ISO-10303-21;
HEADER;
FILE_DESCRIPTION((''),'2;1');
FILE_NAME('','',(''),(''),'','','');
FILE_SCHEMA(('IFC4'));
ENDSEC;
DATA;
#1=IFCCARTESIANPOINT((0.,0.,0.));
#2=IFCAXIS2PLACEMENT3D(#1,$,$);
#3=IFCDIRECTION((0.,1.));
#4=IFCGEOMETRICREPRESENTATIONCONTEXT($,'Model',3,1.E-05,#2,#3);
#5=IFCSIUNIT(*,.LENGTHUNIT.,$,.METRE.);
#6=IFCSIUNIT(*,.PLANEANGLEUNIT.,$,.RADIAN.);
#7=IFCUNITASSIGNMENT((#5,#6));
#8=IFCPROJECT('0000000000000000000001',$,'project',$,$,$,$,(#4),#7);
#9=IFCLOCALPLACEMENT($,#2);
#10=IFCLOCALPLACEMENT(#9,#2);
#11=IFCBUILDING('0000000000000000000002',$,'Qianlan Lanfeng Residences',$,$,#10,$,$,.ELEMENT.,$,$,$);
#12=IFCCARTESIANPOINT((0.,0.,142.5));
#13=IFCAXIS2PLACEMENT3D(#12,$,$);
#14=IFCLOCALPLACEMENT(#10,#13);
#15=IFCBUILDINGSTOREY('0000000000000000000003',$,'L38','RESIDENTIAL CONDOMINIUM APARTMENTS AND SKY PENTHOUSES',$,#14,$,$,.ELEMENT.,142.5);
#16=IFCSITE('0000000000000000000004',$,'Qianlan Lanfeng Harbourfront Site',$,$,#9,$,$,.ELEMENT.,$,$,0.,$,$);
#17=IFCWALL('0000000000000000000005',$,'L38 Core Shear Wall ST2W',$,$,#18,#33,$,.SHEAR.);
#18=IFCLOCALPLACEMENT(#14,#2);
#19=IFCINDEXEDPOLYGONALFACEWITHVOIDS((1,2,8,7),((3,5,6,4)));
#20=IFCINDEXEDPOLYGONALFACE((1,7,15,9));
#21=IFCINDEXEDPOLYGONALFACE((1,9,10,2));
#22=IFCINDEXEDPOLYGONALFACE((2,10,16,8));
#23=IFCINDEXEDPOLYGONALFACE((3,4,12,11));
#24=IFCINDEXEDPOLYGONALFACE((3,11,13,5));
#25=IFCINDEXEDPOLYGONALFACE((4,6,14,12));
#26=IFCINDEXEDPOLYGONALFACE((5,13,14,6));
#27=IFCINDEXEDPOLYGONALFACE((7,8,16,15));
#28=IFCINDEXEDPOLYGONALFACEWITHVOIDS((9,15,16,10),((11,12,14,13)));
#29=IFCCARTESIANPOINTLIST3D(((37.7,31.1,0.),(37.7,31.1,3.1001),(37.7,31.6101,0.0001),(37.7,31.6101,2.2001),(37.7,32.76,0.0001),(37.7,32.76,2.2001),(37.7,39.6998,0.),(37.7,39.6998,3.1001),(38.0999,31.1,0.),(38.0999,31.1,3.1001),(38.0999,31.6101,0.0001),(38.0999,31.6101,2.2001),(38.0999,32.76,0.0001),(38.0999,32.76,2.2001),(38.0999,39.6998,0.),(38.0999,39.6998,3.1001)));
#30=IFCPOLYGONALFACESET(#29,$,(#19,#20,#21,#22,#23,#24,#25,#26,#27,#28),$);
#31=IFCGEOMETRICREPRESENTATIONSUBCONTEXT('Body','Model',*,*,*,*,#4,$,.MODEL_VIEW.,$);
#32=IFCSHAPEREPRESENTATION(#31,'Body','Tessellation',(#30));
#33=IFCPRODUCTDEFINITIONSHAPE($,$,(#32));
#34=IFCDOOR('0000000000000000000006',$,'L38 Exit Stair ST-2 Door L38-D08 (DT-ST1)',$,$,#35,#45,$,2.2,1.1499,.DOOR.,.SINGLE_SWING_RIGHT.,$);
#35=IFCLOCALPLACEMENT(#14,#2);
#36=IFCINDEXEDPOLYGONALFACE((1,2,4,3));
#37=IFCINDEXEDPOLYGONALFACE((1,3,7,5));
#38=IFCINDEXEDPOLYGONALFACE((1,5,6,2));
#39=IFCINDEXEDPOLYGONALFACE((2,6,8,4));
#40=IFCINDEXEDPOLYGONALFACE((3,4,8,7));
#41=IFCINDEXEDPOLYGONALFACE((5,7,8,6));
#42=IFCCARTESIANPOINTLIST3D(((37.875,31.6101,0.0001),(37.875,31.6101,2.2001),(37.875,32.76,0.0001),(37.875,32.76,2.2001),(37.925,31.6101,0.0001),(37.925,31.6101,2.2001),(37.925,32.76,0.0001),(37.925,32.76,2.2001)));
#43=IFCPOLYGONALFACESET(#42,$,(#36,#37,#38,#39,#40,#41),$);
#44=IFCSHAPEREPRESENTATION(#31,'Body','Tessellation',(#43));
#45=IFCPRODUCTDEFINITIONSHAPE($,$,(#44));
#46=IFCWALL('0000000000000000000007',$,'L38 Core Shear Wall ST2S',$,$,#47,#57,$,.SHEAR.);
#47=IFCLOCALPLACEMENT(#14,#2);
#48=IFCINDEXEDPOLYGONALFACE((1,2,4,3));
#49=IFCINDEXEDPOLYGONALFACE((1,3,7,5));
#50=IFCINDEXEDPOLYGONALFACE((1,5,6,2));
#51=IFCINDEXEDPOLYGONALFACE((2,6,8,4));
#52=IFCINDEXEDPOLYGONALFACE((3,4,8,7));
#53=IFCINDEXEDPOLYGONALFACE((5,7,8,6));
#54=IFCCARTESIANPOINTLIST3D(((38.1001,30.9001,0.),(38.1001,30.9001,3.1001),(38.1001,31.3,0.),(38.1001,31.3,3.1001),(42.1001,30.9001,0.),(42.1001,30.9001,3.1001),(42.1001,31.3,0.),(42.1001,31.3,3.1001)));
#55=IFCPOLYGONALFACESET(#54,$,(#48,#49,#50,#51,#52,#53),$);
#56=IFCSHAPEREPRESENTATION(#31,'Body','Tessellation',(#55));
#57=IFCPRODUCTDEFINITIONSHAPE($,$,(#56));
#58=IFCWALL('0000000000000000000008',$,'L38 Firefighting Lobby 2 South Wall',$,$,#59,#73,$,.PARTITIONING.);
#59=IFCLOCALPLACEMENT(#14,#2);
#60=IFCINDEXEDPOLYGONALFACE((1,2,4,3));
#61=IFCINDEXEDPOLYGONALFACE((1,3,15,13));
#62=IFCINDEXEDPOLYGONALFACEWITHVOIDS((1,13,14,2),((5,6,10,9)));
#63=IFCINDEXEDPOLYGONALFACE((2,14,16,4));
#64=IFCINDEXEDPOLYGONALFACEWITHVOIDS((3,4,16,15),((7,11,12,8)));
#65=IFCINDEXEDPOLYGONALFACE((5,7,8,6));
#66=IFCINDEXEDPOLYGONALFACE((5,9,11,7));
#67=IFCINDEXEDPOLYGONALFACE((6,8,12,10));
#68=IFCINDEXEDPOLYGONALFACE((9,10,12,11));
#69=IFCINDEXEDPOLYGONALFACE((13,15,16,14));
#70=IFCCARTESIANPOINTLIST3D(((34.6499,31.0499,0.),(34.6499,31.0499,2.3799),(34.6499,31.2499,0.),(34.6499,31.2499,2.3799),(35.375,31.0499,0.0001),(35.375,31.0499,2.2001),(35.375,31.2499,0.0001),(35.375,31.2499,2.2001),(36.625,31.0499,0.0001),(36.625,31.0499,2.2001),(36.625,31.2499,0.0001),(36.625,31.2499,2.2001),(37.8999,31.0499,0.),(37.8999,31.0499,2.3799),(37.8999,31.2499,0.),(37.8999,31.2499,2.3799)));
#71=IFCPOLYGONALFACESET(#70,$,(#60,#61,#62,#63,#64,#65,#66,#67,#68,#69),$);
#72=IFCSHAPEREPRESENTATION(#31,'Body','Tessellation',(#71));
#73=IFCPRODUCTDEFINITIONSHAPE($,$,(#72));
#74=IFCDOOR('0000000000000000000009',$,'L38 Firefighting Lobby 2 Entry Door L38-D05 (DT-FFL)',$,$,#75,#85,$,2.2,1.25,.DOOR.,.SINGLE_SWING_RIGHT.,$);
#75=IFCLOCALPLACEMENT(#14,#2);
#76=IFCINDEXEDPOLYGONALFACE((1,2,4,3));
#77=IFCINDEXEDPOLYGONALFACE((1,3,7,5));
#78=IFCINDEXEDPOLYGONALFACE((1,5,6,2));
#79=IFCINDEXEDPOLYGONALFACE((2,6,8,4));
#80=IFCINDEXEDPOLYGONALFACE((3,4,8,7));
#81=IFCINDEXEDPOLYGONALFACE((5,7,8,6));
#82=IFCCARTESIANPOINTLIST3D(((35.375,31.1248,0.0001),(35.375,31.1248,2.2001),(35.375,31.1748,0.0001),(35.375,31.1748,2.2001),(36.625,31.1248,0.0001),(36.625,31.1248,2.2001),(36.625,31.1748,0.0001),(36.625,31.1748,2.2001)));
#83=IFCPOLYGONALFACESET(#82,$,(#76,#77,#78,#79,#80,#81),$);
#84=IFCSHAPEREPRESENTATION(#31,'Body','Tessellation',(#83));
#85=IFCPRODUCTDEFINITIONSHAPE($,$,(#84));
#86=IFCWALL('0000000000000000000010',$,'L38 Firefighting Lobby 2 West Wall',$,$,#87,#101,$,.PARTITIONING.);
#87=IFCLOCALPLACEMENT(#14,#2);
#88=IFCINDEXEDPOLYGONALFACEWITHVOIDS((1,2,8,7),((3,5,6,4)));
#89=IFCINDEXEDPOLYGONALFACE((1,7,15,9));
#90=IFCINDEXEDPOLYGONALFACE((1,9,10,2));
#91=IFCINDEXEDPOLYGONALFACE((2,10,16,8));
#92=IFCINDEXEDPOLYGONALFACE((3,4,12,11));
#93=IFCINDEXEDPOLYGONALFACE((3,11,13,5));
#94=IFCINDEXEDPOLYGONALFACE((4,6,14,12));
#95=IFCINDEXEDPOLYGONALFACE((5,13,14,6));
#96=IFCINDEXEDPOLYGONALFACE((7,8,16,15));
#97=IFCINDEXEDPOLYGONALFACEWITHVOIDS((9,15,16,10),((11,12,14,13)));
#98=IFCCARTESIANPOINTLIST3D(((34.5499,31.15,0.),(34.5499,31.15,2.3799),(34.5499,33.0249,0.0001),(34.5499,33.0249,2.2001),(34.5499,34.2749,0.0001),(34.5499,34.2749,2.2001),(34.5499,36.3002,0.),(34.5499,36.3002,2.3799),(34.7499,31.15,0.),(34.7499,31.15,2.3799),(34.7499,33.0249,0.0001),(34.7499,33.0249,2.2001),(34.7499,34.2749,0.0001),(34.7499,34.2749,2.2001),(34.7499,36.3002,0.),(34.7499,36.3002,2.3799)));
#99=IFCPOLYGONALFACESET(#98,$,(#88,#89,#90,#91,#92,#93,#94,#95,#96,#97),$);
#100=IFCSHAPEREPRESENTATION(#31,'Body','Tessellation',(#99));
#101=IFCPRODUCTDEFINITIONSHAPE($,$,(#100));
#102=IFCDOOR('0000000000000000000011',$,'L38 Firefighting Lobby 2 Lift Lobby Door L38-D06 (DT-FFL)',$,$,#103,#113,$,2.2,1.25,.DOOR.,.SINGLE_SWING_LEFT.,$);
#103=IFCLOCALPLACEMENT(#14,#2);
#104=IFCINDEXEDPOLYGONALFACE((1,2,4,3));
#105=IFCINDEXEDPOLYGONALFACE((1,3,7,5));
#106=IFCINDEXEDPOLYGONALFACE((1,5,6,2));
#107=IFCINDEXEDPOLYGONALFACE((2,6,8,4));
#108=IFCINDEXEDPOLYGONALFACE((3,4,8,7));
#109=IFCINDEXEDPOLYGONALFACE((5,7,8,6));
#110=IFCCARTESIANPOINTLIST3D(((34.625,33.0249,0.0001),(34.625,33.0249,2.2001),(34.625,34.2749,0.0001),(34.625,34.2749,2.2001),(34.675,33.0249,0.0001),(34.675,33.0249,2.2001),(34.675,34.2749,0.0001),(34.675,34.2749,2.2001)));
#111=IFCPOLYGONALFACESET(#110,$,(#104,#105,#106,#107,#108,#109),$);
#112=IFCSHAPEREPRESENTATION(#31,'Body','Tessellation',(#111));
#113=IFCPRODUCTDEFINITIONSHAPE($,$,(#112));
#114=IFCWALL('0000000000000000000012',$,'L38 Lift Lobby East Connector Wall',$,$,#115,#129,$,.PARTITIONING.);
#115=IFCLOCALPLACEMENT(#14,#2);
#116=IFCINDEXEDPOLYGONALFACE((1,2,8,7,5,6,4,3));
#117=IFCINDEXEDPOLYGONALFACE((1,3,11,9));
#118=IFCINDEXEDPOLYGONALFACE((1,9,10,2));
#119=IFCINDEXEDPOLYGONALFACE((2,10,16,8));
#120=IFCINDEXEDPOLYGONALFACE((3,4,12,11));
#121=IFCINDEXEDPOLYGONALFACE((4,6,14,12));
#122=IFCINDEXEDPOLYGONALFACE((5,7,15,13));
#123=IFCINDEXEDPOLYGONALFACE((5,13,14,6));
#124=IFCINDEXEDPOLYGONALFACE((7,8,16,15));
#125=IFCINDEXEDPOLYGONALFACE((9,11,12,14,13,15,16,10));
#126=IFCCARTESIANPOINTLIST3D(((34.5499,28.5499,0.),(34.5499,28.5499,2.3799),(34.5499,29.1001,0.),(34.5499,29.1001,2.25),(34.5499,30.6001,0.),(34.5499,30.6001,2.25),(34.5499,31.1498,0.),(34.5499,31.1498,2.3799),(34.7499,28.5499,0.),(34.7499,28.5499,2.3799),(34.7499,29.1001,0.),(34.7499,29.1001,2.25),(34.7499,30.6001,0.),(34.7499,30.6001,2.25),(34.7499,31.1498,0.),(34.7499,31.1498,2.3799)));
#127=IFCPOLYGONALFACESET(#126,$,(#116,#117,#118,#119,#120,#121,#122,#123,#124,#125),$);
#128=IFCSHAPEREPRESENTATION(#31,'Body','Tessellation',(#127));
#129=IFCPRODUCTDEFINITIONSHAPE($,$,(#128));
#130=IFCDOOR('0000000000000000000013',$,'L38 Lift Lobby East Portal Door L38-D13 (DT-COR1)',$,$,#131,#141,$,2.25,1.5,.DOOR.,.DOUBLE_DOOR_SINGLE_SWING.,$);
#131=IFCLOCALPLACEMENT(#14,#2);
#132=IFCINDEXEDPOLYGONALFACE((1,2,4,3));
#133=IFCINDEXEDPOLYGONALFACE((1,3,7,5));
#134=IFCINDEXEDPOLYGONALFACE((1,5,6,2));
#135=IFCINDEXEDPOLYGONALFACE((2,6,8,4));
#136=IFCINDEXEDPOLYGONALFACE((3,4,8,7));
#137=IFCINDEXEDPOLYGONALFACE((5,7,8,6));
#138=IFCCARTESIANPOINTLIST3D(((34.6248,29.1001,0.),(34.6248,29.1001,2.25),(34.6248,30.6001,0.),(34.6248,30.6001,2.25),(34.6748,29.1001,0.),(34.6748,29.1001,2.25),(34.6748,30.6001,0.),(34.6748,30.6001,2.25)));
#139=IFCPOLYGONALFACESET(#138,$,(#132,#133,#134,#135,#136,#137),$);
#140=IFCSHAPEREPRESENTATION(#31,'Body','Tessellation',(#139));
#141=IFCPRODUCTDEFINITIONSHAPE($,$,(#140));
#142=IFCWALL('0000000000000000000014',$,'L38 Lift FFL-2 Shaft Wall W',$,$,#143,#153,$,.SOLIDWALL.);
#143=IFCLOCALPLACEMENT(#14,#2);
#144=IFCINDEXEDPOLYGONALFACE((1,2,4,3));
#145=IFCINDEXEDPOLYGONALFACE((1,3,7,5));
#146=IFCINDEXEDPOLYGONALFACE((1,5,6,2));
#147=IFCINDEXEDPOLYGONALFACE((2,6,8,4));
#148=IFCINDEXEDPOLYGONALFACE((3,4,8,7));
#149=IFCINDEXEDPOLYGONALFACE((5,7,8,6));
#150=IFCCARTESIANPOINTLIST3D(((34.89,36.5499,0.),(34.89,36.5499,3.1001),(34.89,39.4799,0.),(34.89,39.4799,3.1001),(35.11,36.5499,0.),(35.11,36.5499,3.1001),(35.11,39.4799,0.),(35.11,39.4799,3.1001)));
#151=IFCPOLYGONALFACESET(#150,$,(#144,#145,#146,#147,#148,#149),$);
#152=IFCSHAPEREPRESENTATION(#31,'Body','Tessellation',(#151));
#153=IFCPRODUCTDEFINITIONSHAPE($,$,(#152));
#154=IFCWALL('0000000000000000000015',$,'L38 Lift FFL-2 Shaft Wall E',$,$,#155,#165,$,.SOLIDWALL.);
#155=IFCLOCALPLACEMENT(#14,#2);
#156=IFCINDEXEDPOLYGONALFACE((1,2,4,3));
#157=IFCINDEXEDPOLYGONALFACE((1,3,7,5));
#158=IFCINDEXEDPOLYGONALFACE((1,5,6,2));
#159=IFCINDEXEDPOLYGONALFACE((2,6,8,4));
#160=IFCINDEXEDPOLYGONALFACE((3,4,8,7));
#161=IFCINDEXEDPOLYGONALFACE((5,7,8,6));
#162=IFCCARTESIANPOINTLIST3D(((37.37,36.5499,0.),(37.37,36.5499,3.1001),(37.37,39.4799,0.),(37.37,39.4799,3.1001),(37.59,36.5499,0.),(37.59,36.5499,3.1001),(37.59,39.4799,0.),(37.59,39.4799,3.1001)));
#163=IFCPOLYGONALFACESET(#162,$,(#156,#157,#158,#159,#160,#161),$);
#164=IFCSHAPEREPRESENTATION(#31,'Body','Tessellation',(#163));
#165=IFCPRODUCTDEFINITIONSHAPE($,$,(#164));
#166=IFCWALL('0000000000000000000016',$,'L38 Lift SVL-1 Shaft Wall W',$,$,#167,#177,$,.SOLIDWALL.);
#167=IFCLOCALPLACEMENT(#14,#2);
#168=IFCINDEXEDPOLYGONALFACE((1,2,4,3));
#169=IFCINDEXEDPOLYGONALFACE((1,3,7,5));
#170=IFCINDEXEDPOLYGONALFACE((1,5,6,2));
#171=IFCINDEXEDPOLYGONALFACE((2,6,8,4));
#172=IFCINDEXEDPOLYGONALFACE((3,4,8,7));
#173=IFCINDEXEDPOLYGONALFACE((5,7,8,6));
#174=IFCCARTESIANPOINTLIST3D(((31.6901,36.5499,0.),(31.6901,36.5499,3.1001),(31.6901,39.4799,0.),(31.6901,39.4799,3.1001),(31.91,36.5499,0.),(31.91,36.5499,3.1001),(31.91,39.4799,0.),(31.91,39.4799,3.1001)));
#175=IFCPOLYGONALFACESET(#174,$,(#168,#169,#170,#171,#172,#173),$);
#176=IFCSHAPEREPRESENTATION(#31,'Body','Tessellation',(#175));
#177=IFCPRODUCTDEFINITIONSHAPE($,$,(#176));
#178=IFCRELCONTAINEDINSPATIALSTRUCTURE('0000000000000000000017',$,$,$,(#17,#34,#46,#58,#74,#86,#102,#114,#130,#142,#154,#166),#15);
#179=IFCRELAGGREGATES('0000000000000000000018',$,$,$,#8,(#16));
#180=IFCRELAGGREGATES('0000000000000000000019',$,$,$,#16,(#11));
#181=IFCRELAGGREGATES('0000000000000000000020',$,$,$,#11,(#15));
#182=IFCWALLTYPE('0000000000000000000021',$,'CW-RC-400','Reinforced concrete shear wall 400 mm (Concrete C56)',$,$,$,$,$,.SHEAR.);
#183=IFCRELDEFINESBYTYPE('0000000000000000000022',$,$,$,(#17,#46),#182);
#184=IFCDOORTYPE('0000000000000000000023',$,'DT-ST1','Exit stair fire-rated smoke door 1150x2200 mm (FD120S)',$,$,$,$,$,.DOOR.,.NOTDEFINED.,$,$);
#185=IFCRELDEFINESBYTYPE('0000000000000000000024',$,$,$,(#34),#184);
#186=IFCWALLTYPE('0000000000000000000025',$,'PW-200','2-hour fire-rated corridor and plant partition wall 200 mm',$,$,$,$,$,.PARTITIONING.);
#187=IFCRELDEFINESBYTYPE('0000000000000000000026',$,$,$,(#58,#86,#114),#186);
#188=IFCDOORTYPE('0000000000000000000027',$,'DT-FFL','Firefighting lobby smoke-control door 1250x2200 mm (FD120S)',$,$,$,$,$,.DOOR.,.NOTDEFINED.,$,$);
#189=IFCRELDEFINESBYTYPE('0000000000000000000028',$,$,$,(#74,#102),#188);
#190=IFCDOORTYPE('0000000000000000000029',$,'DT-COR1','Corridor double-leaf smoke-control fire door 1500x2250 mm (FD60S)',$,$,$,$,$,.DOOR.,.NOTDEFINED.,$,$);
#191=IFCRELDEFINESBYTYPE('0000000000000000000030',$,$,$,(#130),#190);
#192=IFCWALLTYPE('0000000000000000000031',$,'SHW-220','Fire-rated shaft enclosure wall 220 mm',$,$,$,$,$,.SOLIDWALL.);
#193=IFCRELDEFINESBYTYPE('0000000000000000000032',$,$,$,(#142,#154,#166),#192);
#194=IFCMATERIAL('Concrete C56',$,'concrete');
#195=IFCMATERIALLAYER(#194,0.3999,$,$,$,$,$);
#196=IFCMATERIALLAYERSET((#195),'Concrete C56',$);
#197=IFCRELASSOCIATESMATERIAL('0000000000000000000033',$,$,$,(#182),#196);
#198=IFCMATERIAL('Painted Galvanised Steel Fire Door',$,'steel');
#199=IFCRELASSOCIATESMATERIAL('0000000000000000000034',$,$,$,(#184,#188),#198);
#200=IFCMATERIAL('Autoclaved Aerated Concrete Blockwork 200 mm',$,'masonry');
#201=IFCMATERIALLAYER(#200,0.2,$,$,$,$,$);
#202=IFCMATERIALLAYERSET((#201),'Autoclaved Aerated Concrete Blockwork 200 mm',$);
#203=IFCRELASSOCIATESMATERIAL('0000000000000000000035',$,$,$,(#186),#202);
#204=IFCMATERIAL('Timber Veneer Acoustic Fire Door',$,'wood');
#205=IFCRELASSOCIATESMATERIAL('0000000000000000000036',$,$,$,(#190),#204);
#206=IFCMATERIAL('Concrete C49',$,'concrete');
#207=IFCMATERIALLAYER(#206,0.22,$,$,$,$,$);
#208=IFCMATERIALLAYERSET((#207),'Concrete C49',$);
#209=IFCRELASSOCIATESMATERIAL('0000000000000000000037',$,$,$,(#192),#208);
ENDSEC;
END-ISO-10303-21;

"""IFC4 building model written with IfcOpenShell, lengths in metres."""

from ifc_helpers import new_model, si_unit, direction, frame, frame_2d, origin, place, context, subcontext, project, spatial, rectangle, extrude, material, layer, layer_set, type_object, element, fill, save


model = new_model("IFC4")

# Units and contexts
model_context = context("Model", 3, precision=1e-05, world=origin(), true_north=direction((0.0, 1.0)))
body_context = subcontext(model_context, "Body", "Model", "MODEL_VIEW")
ifc_project = project(units=[si_unit("LENGTHUNIT", "METRE"), si_unit("PLANEANGLEUNIT", "RADIAN")], contexts=[model_context])

# Site, building, storey
site_placement = place(None, origin())
site = spatial("IfcSite", under=ifc_project, at=site_placement, Name="Qianlan Lanfeng Harbourfront Site", CompositionType="ELEMENT", RefElevation=0.0)
building_placement = place(site_placement, origin())
building = spatial("IfcBuilding", under=site, at=building_placement, Name="Qianlan Lanfeng Residences", CompositionType="ELEMENT")
storey_placement = place(building_placement, frame((0.0, 0.0, 142.5)))
storey = spatial("IfcBuildingStorey", under=building, at=storey_placement, Name="L38", Description="RESIDENTIAL CONDOMINIUM APARTMENTS AND SKY PENTHOUSES", CompositionType="ELEMENT", Elevation=142.5)

# Wall, opening, door
ifc_material_1 = material(Name="Concrete C56", Category="concrete")
ifc_layer_1 = layer(ifc_material_1, 0.3999)
ifc_layer_set_1 = layer_set([ifc_layer_1], Name="Concrete C56")
wall_type_1 = type_object("IfcWallType", Name="CW-RC-400", Description="Reinforced concrete shear wall 400 mm (Concrete C56)", PredefinedType="SHEAR", material=ifc_layer_set_1)
wall_1_placement = place(storey_placement, frame((37.8999, 31.1001, 0.0), z_axis=(0.0, 0.0, 1.0), x_axis=(0.0, 1.0, 0.0)))
wall_1 = element("IfcWall", 1, at=wall_1_placement, inside=storey, type_object=wall_type_1, Name="L38 Core Shear Wall ST2W", PredefinedType="SHEAR", context=body_context, shape_type="SweptSolid", body=[
    extrude(rectangle(XDim=8.5999, YDim=0.3999, at=frame_2d((4.2998, 0.0))), origin(), (0.0, 0.0, 1.0), 3.1001),
])
opening_1_placement = place(wall_1_placement, frame((0.51, 0.0, 0.0)))
opening_1 = element("IfcOpeningElement", 2, at=opening_1_placement, cuts=wall_1, PredefinedType="OPENING", context=body_context, shape_type="SweptSolid", body=[
    extrude(rectangle(XDim=1.1499, YDim=2.2, at=frame_2d((0.575, 1.1001))), frame((0.0, 0.21, 0.0), z_axis=(0.0, -1.0, 0.0), x_axis=(1.0, 0.0, 0.0)), (0.0, 0.0, 1.0), 0.4199),
])
ifc_material_2 = material(Name="Painted Galvanised Steel Fire Door", Category="steel")
door_type_1 = type_object("IfcDoorType", Name="DT-ST1", Description="Exit stair fire-rated smoke door 1150x2200 mm (FD120S)", OperationType="NOTDEFINED", PredefinedType="DOOR", material=ifc_material_2)
door_1_placement = place(opening_1_placement, origin())
door_1 = element("IfcDoor", 3, at=door_1_placement, inside=storey, type_object=door_type_1, Name="L38 Exit Stair ST-2 Door L38-D08 (DT-ST1)", OperationType="SINGLE_SWING_RIGHT", OverallHeight=2.2, OverallWidth=1.1499, PredefinedType="DOOR", context=body_context, shape_type="SweptSolid", body=[
    extrude(rectangle(XDim=1.1499, YDim=2.2, at=frame_2d((0.575, 1.1001))), frame((0.0, 0.0249, 0.0), z_axis=(0.0, -1.0, 0.0), x_axis=(1.0, 0.0, 0.0)), (0.0, 0.0, 1.0), 0.05),
])
fill(opening_1, door_1)

# Wall
wall_2_placement = place(storey_placement, frame((38.1001, 31.1001, 0.0), z_axis=(0.0, 0.0, 1.0), x_axis=(1.0, 0.0, 0.0)))
element("IfcWall", 4, at=wall_2_placement, inside=storey, type_object=wall_type_1, Name="L38 Core Shear Wall ST2S", PredefinedType="SHEAR", context=body_context, shape_type="SweptSolid", body=[
    extrude(rectangle(XDim=4.0, YDim=0.3999, at=frame_2d((2.0, 0.0))), origin(), (0.0, 0.0, 1.0), 3.1001),
])

# Walls, openings, doors
ifc_material_3 = material(Name="Autoclaved Aerated Concrete Blockwork 200 mm", Category="masonry")
ifc_layer_2 = layer(ifc_material_3, 0.2)
ifc_layer_set_2 = layer_set([ifc_layer_2], Name="Autoclaved Aerated Concrete Blockwork 200 mm")
wall_type_2 = type_object("IfcWallType", Name="PW-200", Description="2-hour fire-rated corridor and plant partition wall 200 mm", PredefinedType="PARTITIONING", material=ifc_layer_set_2)
wall_3_placement = place(storey_placement, frame((34.6499, 31.1499, 0.0), z_axis=(0.0, 0.0, 1.0), x_axis=(1.0, 0.0, 0.0)))
wall_3 = element("IfcWall", 5, at=wall_3_placement, inside=storey, type_object=wall_type_2, Name="L38 Firefighting Lobby 2 South Wall", PredefinedType="PARTITIONING", context=body_context, shape_type="SweptSolid", body=[
    extrude(rectangle(XDim=3.25, YDim=0.2, at=frame_2d((1.625, 0.0))), origin(), (0.0, 0.0, 1.0), 2.3799),
])
opening_2_placement = place(wall_3_placement, frame((0.7251, 0.0, 0.0)))
opening_2 = element("IfcOpeningElement", 6, at=opening_2_placement, cuts=wall_3, PredefinedType="OPENING", context=body_context, shape_type="SweptSolid", body=[
    extrude(rectangle(XDim=1.25, YDim=2.2, at=frame_2d((0.625, 1.1001))), frame((0.0, 0.1099, 0.0), z_axis=(0.0, -1.0, 0.0), x_axis=(1.0, 0.0, 0.0)), (0.0, 0.0, 1.0), 0.22),
])
door_type_2 = type_object("IfcDoorType", Name="DT-FFL", Description="Firefighting lobby smoke-control door 1250x2200 mm (FD120S)", OperationType="NOTDEFINED", PredefinedType="DOOR", material=ifc_material_2)
door_2_placement = place(opening_2_placement, origin())
door_2 = element("IfcDoor", 7, at=door_2_placement, inside=storey, type_object=door_type_2, Name="L38 Firefighting Lobby 2 Entry Door L38-D05 (DT-FFL)", OperationType="SINGLE_SWING_RIGHT", OverallHeight=2.2, OverallWidth=1.25, PredefinedType="DOOR", context=body_context, shape_type="SweptSolid", body=[
    extrude(rectangle(XDim=1.25, YDim=2.2, at=frame_2d((0.625, 1.1001))), frame((0.0, 0.0249, 0.0), z_axis=(0.0, -1.0, 0.0), x_axis=(1.0, 0.0, 0.0)), (0.0, 0.0, 1.0), 0.05),
])
fill(opening_2, door_2)
wall_4_placement = place(storey_placement, frame((34.6499, 31.1499, 0.0), z_axis=(0.0, 0.0, 1.0), x_axis=(0.0, 1.0, 0.0)))
wall_4 = element("IfcWall", 8, at=wall_4_placement, inside=storey, type_object=wall_type_2, Name="L38 Firefighting Lobby 2 West Wall", PredefinedType="PARTITIONING", context=body_context, shape_type="SweptSolid", body=[
    extrude(rectangle(XDim=5.1501, YDim=0.2, at=frame_2d((2.5752, 0.0))), origin(), (0.0, 0.0, 1.0), 2.3799),
])
opening_3_placement = place(wall_4_placement, frame((1.875, 0.0, 0.0)))
opening_3 = element("IfcOpeningElement", 9, at=opening_3_placement, cuts=wall_4, PredefinedType="OPENING", context=body_context, shape_type="SweptSolid", body=[
    extrude(rectangle(XDim=1.25, YDim=2.2, at=frame_2d((0.625, 1.1001))), frame((0.0, 0.1099, 0.0), z_axis=(0.0, -1.0, 0.0), x_axis=(1.0, 0.0, 0.0)), (0.0, 0.0, 1.0), 0.22),
])
door_3_placement = place(opening_3_placement, origin())
door_3 = element("IfcDoor", 10, at=door_3_placement, inside=storey, type_object=door_type_2, Name="L38 Firefighting Lobby 2 Lift Lobby Door L38-D06 (DT-FFL)", OperationType="SINGLE_SWING_LEFT", OverallHeight=2.2, OverallWidth=1.25, PredefinedType="DOOR", context=body_context, shape_type="SweptSolid", body=[
    extrude(rectangle(XDim=1.25, YDim=2.2, at=frame_2d((0.625, 1.1001))), frame((0.0, 0.0249, 0.0), z_axis=(0.0, -1.0, 0.0), x_axis=(1.0, 0.0, 0.0)), (0.0, 0.0, 1.0), 0.05),
])
fill(opening_3, door_3)
wall_5_placement = place(storey_placement, frame((34.6499, 28.55, 0.0), z_axis=(0.0, 0.0, 1.0), x_axis=(0.0, 1.0, 0.0)))
wall_5 = element("IfcWall", 11, at=wall_5_placement, inside=storey, type_object=wall_type_2, Name="L38 Lift Lobby East Connector Wall", PredefinedType="PARTITIONING", context=body_context, shape_type="SweptSolid", body=[
    extrude(rectangle(XDim=2.5999, YDim=0.2, at=frame_2d((1.2998, 0.0))), origin(), (0.0, 0.0, 1.0), 2.3799),
])
opening_4_placement = place(wall_5_placement, frame((0.55, 0.0, 0.0)))
opening_4 = element("IfcOpeningElement", 12, at=opening_4_placement, cuts=wall_5, PredefinedType="OPENING", context=body_context, shape_type="SweptSolid", body=[
    extrude(rectangle(XDim=1.5, YDim=2.25, at=frame_2d((0.75, 1.125))), frame((0.0, 0.1099, 0.0), z_axis=(0.0, -1.0, 0.0), x_axis=(1.0, 0.0, 0.0)), (0.0, 0.0, 1.0), 0.22),
])
ifc_material_4 = material(Name="Timber Veneer Acoustic Fire Door", Category="wood")
door_type_3 = type_object("IfcDoorType", Name="DT-COR1", Description="Corridor double-leaf smoke-control fire door 1500x2250 mm (FD60S)", OperationType="NOTDEFINED", PredefinedType="DOOR", material=ifc_material_4)
door_4_placement = place(opening_4_placement, frame((1.5, 0.0, 0.0), z_axis=(0.0, 0.0, 1.0), x_axis=(-1.0, 0.0, 0.0)))
door_4 = element("IfcDoor", 13, at=door_4_placement, inside=storey, type_object=door_type_3, Name="L38 Lift Lobby East Portal Door L38-D13 (DT-COR1)", OperationType="DOUBLE_DOOR_SINGLE_SWING", OverallHeight=2.25, OverallWidth=1.5, PredefinedType="DOOR", context=body_context, shape_type="SweptSolid", body=[
    extrude(rectangle(XDim=1.5, YDim=2.25, at=frame_2d((0.75, 1.125))), frame((0.0, 0.0249, 0.0), z_axis=(0.0, -1.0, 0.0), x_axis=(1.0, 0.0, 0.0)), (0.0, 0.0, 1.0), 0.05),
])
fill(opening_4, door_4)

# Walls
ifc_material_5 = material(Name="Concrete C49", Category="concrete")
ifc_layer_3 = layer(ifc_material_5, 0.22)
ifc_layer_set_3 = layer_set([ifc_layer_3], Name="Concrete C49")
wall_type_3 = type_object("IfcWallType", Name="SHW-220", Description="Fire-rated shaft enclosure wall 220 mm", PredefinedType="SOLIDWALL", material=ifc_layer_set_3)
for number, where, z_axis, x_axis, name in (
    (14, (35.0, 36.55, 0.0), (0.0, 0.0, 1.0), (0.0, 1.0, 0.0), "L38 Lift FFL-2 Shaft Wall W"),
    (15, (37.48, 36.55, 0.0), (0.0, 0.0, 1.0), (0.0, 1.0, 0.0), "L38 Lift FFL-2 Shaft Wall E"),
    (16, (31.8, 36.55, 0.0), (0.0, 0.0, 1.0), (0.0, 1.0, 0.0), "L38 Lift SVL-1 Shaft Wall W"),
):
    element("IfcWall", number, at=place(storey_placement, frame(where, z_axis=z_axis, x_axis=x_axis)), inside=storey, type_object=wall_type_3, Name=name, PredefinedType="SOLIDWALL", context=body_context, shape_type="SweptSolid", body=[
        extrude(rectangle(XDim=2.9299, YDim=0.22, at=frame_2d((1.4648, 0.0))), origin(), (0.0, 0.0, 1.0), 3.1001),
    ])

save(model, "model.ifc")
